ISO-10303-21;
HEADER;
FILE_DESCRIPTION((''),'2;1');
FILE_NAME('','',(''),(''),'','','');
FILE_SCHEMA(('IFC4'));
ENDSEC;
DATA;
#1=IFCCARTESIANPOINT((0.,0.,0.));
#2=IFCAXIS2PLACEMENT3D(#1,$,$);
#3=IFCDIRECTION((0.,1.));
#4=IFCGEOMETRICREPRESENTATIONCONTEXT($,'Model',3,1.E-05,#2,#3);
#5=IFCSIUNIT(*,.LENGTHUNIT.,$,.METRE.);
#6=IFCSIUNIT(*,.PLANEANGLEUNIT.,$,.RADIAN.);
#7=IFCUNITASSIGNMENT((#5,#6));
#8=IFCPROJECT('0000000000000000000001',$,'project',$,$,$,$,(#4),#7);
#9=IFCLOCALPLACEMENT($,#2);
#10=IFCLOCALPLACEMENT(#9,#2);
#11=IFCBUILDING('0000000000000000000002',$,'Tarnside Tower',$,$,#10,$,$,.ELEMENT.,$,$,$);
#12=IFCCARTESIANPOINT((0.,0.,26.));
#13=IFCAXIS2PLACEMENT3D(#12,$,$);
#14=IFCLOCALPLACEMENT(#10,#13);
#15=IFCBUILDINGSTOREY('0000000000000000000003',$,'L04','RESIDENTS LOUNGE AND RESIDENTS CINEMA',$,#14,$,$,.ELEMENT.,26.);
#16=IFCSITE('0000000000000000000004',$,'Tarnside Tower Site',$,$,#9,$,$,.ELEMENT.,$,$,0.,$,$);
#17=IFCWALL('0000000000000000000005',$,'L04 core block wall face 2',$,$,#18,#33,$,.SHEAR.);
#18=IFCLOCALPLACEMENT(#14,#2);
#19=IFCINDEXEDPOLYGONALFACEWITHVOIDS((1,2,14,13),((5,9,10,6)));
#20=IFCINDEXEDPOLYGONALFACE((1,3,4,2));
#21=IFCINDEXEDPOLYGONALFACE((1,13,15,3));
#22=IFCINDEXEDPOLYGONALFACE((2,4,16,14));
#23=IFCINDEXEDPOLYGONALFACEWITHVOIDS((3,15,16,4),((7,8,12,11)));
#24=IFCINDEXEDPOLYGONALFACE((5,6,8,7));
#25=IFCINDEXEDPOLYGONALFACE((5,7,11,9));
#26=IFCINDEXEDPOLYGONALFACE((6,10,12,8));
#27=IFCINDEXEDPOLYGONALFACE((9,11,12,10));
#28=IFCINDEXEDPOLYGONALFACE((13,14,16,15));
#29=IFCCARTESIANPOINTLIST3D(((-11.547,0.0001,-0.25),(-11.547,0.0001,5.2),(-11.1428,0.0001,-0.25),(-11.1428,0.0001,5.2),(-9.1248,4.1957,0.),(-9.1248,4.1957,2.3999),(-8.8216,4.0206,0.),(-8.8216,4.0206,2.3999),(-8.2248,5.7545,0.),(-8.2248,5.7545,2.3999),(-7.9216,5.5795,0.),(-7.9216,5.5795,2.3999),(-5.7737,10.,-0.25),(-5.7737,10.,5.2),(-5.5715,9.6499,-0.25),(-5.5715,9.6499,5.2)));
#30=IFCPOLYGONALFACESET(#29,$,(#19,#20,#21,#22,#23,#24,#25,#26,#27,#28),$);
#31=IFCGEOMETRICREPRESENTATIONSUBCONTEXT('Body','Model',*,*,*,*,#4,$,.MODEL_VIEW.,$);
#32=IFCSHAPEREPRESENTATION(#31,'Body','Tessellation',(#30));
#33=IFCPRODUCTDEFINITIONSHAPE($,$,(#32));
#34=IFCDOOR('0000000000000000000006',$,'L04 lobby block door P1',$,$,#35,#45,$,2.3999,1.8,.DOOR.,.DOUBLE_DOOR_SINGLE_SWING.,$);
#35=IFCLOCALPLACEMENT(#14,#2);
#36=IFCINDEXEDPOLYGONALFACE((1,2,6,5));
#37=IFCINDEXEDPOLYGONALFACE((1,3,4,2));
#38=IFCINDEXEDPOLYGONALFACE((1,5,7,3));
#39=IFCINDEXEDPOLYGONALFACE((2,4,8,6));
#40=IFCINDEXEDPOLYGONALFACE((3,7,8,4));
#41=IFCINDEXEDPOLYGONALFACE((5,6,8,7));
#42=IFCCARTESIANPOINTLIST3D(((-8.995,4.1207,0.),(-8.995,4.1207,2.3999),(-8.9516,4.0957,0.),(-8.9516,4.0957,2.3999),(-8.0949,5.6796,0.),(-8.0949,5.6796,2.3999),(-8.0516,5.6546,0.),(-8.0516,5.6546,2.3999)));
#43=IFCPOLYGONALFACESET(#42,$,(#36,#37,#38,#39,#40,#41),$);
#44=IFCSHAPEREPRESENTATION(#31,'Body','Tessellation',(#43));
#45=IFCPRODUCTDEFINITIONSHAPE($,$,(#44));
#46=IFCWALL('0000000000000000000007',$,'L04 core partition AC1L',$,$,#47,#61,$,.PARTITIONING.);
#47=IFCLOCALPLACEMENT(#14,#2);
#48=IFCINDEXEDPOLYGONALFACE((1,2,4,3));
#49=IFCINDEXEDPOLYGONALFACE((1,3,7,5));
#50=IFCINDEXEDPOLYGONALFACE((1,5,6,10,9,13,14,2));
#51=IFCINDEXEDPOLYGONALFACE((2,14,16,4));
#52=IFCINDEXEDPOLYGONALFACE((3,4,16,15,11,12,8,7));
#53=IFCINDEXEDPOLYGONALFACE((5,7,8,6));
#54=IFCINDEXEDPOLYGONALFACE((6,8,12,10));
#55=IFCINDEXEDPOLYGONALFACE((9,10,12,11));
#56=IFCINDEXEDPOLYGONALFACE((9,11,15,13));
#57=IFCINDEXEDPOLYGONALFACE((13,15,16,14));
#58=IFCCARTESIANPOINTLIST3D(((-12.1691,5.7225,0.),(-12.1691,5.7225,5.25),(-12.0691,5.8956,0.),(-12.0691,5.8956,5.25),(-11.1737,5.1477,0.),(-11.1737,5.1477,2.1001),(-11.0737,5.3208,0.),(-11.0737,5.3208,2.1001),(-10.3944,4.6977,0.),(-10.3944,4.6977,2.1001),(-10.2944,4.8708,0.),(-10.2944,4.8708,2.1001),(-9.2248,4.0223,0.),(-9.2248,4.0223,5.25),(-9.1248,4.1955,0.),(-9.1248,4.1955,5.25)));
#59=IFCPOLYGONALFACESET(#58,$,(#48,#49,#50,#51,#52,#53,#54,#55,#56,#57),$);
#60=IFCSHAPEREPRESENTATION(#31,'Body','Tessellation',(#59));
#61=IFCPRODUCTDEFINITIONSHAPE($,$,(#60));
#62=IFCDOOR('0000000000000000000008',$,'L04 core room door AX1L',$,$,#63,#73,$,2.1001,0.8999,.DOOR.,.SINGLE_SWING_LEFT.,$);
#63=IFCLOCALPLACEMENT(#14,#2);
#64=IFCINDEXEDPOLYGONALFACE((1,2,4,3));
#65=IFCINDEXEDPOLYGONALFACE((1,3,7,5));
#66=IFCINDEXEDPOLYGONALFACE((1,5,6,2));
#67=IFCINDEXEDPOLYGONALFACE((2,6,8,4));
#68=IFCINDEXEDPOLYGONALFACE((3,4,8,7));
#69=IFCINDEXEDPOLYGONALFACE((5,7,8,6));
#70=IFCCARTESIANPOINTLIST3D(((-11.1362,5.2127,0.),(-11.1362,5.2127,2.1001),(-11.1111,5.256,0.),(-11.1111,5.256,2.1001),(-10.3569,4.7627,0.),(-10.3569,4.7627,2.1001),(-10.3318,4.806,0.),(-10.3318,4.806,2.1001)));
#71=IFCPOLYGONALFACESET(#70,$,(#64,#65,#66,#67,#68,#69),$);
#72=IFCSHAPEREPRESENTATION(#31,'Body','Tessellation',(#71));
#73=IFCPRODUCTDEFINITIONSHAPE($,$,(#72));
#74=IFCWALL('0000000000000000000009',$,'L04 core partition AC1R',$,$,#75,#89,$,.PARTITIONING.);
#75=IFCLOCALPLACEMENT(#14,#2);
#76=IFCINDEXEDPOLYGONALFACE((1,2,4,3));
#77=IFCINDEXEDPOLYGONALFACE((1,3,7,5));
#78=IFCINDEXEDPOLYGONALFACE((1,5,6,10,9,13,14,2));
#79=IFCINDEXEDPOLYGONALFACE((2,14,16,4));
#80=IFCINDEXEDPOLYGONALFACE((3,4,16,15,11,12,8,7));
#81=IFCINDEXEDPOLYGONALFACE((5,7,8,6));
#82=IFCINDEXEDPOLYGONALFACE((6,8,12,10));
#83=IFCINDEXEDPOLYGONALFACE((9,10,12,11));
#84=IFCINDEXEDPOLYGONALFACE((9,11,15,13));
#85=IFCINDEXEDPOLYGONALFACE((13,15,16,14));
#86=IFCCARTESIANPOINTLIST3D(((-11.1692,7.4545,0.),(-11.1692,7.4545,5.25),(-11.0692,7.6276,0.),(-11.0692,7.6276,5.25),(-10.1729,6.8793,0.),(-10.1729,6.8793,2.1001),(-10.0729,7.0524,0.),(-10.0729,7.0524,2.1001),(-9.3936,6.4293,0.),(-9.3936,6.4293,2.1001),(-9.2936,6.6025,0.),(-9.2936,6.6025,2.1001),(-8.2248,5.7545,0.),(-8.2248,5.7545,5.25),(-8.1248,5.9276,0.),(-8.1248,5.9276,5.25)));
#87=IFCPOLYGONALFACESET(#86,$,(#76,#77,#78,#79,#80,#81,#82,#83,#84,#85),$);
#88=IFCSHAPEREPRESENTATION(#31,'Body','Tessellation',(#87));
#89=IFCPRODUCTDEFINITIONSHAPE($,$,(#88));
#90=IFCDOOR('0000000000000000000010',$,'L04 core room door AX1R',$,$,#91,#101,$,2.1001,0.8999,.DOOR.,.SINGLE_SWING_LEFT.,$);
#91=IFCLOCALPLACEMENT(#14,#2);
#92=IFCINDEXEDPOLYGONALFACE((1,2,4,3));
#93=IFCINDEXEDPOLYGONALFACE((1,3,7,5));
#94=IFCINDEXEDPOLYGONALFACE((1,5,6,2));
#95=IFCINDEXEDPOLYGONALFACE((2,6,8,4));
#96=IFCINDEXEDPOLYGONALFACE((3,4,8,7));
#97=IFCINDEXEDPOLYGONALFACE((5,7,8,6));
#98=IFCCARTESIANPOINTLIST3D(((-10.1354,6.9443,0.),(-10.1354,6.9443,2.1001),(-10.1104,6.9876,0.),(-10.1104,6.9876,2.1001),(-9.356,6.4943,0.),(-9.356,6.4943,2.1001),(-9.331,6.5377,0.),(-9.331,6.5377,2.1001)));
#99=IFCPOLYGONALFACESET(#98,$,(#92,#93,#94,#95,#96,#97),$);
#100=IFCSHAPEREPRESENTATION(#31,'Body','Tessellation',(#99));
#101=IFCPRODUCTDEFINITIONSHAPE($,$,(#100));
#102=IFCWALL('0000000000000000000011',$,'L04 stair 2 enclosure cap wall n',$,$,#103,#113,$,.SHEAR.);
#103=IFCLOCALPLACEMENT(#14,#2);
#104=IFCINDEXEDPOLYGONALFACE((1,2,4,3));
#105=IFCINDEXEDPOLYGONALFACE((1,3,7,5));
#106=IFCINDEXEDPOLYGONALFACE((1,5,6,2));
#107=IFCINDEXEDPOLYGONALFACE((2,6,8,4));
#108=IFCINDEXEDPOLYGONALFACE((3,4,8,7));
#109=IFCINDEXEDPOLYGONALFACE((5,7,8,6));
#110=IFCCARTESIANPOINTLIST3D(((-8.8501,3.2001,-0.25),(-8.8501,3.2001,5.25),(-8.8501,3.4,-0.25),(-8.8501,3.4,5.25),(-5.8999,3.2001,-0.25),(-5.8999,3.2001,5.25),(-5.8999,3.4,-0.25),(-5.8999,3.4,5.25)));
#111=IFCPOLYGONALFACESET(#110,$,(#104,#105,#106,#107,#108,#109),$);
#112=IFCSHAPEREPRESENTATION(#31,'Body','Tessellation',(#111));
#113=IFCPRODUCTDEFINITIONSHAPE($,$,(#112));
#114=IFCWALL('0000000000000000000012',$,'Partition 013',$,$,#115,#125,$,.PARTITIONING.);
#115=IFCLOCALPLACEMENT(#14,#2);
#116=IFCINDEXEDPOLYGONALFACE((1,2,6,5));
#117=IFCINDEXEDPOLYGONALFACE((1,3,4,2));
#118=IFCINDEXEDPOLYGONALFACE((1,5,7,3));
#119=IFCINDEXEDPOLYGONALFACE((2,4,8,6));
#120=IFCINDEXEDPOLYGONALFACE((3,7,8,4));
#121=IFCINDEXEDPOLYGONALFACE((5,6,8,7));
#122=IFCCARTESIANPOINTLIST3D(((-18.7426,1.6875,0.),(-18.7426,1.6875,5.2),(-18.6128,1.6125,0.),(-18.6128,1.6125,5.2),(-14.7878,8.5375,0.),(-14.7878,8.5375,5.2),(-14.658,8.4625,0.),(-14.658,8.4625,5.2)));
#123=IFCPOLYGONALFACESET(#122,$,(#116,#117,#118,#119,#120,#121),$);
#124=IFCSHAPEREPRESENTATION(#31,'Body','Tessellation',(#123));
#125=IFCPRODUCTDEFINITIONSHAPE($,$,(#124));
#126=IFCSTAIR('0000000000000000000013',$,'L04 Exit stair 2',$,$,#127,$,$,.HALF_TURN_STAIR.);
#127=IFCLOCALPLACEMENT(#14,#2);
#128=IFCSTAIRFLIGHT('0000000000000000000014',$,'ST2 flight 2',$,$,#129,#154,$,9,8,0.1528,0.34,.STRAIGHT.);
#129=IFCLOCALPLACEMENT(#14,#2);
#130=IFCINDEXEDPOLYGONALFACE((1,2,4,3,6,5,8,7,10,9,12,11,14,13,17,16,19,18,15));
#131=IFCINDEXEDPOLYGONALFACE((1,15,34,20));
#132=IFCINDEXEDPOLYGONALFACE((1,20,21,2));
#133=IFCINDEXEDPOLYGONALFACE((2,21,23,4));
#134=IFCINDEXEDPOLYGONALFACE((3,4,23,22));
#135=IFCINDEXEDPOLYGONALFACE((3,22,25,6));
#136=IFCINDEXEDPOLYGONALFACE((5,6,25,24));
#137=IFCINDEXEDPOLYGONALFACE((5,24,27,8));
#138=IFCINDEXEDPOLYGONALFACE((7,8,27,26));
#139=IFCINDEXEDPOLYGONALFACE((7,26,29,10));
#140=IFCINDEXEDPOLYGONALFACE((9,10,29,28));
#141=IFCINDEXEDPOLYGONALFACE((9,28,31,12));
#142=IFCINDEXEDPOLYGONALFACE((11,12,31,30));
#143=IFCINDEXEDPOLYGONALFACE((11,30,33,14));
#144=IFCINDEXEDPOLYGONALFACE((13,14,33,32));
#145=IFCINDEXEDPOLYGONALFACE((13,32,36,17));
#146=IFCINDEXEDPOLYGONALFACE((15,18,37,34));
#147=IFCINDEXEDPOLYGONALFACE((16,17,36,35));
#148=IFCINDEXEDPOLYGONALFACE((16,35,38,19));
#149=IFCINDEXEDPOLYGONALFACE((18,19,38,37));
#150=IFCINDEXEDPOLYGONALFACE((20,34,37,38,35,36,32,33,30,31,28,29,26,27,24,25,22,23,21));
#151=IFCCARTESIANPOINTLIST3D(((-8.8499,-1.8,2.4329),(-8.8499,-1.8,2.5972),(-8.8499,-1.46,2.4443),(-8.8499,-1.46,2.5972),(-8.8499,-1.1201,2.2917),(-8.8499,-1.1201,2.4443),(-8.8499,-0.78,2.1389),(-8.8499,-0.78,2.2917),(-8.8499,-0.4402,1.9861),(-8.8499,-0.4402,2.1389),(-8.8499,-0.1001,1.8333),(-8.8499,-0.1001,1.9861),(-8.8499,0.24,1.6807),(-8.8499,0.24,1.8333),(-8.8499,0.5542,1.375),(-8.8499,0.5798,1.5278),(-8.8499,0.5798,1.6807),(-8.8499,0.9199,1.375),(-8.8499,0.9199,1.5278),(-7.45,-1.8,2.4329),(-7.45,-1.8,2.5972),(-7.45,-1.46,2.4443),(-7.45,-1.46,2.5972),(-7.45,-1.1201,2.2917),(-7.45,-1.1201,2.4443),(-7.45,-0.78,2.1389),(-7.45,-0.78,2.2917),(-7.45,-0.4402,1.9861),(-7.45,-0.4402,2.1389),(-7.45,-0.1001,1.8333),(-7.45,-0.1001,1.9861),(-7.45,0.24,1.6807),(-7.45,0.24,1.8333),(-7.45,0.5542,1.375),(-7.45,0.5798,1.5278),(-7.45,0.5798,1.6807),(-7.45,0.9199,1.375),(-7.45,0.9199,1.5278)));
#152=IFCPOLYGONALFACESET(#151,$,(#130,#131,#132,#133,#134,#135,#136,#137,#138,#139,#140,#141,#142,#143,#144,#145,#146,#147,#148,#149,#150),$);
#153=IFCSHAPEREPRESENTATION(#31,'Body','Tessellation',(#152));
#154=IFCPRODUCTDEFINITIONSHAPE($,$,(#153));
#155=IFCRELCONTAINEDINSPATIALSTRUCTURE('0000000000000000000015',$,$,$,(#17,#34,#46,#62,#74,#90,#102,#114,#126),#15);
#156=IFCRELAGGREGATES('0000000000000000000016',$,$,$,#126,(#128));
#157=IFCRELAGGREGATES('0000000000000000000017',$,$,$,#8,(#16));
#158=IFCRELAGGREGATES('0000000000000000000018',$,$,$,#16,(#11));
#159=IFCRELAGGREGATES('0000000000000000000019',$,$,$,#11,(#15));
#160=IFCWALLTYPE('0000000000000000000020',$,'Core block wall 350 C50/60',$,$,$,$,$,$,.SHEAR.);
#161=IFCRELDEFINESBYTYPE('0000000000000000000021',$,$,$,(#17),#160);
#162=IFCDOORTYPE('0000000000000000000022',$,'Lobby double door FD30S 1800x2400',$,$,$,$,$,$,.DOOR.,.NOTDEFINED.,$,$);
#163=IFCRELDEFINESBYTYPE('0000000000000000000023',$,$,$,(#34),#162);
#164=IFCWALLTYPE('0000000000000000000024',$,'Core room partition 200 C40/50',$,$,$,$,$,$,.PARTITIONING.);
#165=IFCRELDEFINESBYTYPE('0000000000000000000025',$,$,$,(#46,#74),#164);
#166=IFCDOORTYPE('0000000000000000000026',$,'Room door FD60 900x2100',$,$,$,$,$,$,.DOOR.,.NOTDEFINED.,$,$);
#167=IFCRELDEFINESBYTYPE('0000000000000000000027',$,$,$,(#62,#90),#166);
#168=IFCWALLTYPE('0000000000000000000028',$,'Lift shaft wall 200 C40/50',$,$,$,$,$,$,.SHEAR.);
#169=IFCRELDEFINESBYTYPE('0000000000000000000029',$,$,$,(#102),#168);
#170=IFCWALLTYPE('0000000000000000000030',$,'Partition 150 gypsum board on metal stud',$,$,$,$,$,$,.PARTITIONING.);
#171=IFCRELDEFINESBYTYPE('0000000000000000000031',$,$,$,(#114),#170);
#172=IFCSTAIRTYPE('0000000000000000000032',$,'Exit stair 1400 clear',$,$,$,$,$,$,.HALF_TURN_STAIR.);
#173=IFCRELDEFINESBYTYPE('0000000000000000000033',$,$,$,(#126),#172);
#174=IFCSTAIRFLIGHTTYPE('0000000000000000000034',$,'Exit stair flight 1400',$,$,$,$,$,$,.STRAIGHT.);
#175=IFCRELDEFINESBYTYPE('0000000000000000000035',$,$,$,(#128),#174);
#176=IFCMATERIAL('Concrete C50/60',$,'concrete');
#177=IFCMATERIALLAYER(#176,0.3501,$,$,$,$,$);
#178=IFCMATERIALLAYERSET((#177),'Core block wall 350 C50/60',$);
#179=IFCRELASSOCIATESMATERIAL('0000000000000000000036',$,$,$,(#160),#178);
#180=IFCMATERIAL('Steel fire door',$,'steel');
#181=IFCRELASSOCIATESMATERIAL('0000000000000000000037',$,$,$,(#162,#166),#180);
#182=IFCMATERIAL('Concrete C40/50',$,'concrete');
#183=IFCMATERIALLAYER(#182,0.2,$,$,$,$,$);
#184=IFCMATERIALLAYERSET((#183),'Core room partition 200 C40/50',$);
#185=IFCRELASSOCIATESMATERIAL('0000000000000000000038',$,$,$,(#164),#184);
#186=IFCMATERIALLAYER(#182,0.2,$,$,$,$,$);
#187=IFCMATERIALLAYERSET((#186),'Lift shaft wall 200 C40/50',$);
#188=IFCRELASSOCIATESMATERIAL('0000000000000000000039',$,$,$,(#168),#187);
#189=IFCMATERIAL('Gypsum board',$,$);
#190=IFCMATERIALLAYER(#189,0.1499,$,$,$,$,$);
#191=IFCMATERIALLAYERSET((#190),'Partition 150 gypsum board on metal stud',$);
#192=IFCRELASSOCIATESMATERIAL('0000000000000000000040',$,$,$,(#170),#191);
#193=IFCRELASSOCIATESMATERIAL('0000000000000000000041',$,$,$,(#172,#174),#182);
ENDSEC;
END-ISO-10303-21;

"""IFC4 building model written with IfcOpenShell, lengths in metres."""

from ifc_helpers import new_model, si_unit, direction, frame, frame_2d, origin, place, context, subcontext, project, spatial, polyline, rectangle, outline, extrude, material, layer, layer_set, type_object, element, fill, aggregate, save


model = new_model("IFC4")

# Units and contexts
model_context = context("Model", 3, precision=1e-05, world=origin(), true_north=direction((0.0, 1.0)))
body_context = subcontext(model_context, "Body", "Model", "MODEL_VIEW")
ifc_project = project(units=[si_unit("LENGTHUNIT", "METRE"), si_unit("PLANEANGLEUNIT", "RADIAN")], contexts=[model_context])

# Site, building, storey
site_placement = place(None, origin())
site = spatial("IfcSite", under=ifc_project, at=site_placement, Name="Tarnside Tower Site", CompositionType="ELEMENT", RefElevation=0.0)
building_placement = place(site_placement, origin())
building = spatial("IfcBuilding", under=site, at=building_placement, Name="Tarnside Tower", CompositionType="ELEMENT")
storey_placement = place(building_placement, frame((0.0, 0.0, 26.0)))
storey = spatial("IfcBuildingStorey", under=building, at=storey_placement, Name="L04", Description="RESIDENTS LOUNGE AND RESIDENTS CINEMA", CompositionType="ELEMENT", Elevation=26.0)

# Walls, openings, doors
ifc_material_1 = material(Name="Concrete C50/60", Category="concrete")
ifc_layer_1 = layer(ifc_material_1, 0.3501)
ifc_layer_set_1 = layer_set([ifc_layer_1], Name="Core block wall 350 C50/60")
wall_type_1 = type_object("IfcWallType", Name="Core block wall 350 C50/60", PredefinedType="SHEAR", material=ifc_layer_set_1)
wall_1_placement = place(storey_placement, frame((-5.6726, 9.825, -0.25), z_axis=(0.0, 0.0, 1.0), x_axis=(-0.499995, -0.866028, 0.0)))
wall_1 = element("IfcWall", 1, at=wall_1_placement, inside=storey, type_object=wall_type_1, Name="L04 core block wall face 2", PredefinedType="SHEAR", context=body_context, shape_type="SweptSolid", body=[
    extrude(outline(polyline([(-0.1011, -0.175), (11.4458, -0.175), (11.2437, 0.175), (0.1011, 0.175), (-0.1011, -0.175)])), origin(), (0.0, 0.0, 1.0), 5.45),
])
opening_1_placement = place(wall_1_placement, frame((4.8013, 0.0, 0.25)))
opening_1 = element("IfcOpeningElement", 2, at=opening_1_placement, cuts=wall_1, PredefinedType="OPENING", context=body_context, shape_type="SweptSolid", body=[
    extrude(rectangle(XDim=1.8, YDim=2.3999, at=frame_2d((0.8999, 1.2))), frame((0.0, 0.1851, 0.0), z_axis=(0.0, -1.0, 0.0), x_axis=(1.0, 0.0, 0.0)), (0.0, 0.0, 1.0), 0.3701),
])
ifc_material_2 = material(Name="Steel fire door", Category="steel")
door_type_1 = type_object("IfcDoorType", Name="Lobby double door FD30S 1800x2400", OperationType="NOTDEFINED", PredefinedType="DOOR", material=ifc_material_2)
door_1_placement = place(opening_1_placement, origin())
door_1 = element("IfcDoor", 3, at=door_1_placement, inside=storey, type_object=door_type_1, Name="L04 lobby block door P1", OperationType="DOUBLE_DOOR_SINGLE_SWING", OverallHeight=2.3999, OverallWidth=1.8, PredefinedType="DOOR", context=body_context, shape_type="SweptSolid", body=[
    extrude(rectangle(XDim=1.8, YDim=2.3999, at=frame_2d((0.8999, 1.2))), frame((0.0, 0.0249, 0.0), z_axis=(0.0, -1.0, 0.0), x_axis=(1.0, 0.0, 0.0)), (0.0, 0.0, 1.0), 0.05),
])
fill(opening_1, door_1)
ifc_material_3 = material(Name="Concrete C40/50", Category="concrete")
ifc_layer_2 = layer(ifc_material_3, 0.2)
ifc_layer_set_2 = layer_set([ifc_layer_2], Name="Core room partition 200 C40/50")
wall_type_2 = type_object("IfcWallType", Name="Core room partition 200 C40/50", PredefinedType="PARTITIONING", material=ifc_layer_set_2)
wall_2_placement = place(storey_placement, frame((-9.1748, 4.1089, 0.0), z_axis=(0.0, 0.0, 1.0), x_axis=(-0.865989, 0.500062, 0.0)))
wall_2 = element("IfcWall", 4, at=wall_2_placement, inside=storey, type_object=wall_type_2, Name="L04 core partition AC1L", PredefinedType="PARTITIONING", context=body_context, shape_type="SweptSolid", body=[
    extrude(rectangle(XDim=3.3999, YDim=0.2, at=frame_2d((1.7, 0.0))), origin(), (0.0, 0.0, 1.0), 5.25),
])
opening_2_placement = place(wall_2_placement, frame((1.3506, 0.0, 0.0)))
opening_2 = element("IfcOpeningElement", 5, at=opening_2_placement, cuts=wall_2, PredefinedType="OPENING", context=body_context, shape_type="SweptSolid", body=[
    extrude(rectangle(XDim=0.8999, YDim=2.1001, at=frame_2d((0.45, 1.05))), frame((0.0, 0.1099, 0.0), z_axis=(0.0, -1.0, 0.0), x_axis=(1.0, 0.0, 0.0)), (0.0, 0.0, 1.0), 0.22),
])
door_type_2 = type_object("IfcDoorType", Name="Room door FD60 900x2100", OperationType="NOTDEFINED", PredefinedType="DOOR", material=ifc_material_2)
door_2_placement = place(opening_2_placement, origin())
door_2 = element("IfcDoor", 6, at=door_2_placement, inside=storey, type_object=door_type_2, Name="L04 core room door AX1L", OperationType="SINGLE_SWING_LEFT", OverallHeight=2.1001, OverallWidth=0.8999, PredefinedType="DOOR", context=body_context, shape_type="SweptSolid", body=[
    extrude(rectangle(XDim=0.8999, YDim=2.1001, at=frame_2d((0.45, 1.05))), frame((0.0, 0.0249, 0.0), z_axis=(0.0, -1.0, 0.0), x_axis=(1.0, 0.0, 0.0)), (0.0, 0.0, 1.0), 0.05),
])
fill(opening_2, door_2)
wall_3_placement = place(storey_placement, frame((-8.1748, 5.8411, 0.0), z_axis=(0.0, 0.0, 1.0), x_axis=(-0.866021, 0.500008, 0.0)))
wall_3 = element("IfcWall", 7, at=wall_3_placement, inside=storey, type_object=wall_type_2, Name="L04 core partition AC1R", PredefinedType="PARTITIONING", context=body_context, shape_type="SweptSolid", body=[
    extrude(rectangle(XDim=3.3999, YDim=0.2, at=frame_2d((1.7, 0.0))), origin(), (0.0, 0.0, 1.0), 5.25),
])
opening_3_placement = place(wall_3_placement, frame((1.3496, 0.0, 0.0)))
opening_3 = element("IfcOpeningElement", 8, at=opening_3_placement, cuts=wall_3, PredefinedType="OPENING", context=body_context, shape_type="SweptSolid", body=[
    extrude(rectangle(XDim=0.8999, YDim=2.1001, at=frame_2d((0.45, 1.05))), frame((0.0, 0.1099, 0.0), z_axis=(0.0, -1.0, 0.0), x_axis=(1.0, 0.0, 0.0)), (0.0, 0.0, 1.0), 0.22),
])
door_3_placement = place(opening_3_placement, origin())
door_3 = element("IfcDoor", 9, at=door_3_placement, inside=storey, type_object=door_type_2, Name="L04 core room door AX1R", OperationType="SINGLE_SWING_LEFT", OverallHeight=2.1001, OverallWidth=0.8999, PredefinedType="DOOR", context=body_context, shape_type="SweptSolid", body=[
    extrude(rectangle(XDim=0.8999, YDim=2.1001, at=frame_2d((0.45, 1.05))), frame((0.0, 0.0249, 0.0), z_axis=(0.0, -1.0, 0.0), x_axis=(1.0, 0.0, 0.0)), (0.0, 0.0, 1.0), 0.05),
])
fill(opening_3, door_3)

# Walls
ifc_layer_3 = layer(ifc_material_3, 0.2)
ifc_layer_set_3 = layer_set([ifc_layer_3], Name="Lift shaft wall 200 C40/50")
wall_type_3 = type_object("IfcWallType", Name="Lift shaft wall 200 C40/50", PredefinedType="SHEAR", material=ifc_layer_set_3)
wall_4_placement = place(storey_placement, frame((-8.8501, 3.3, -0.25), z_axis=(0.0, 0.0, 1.0), x_axis=(1.0, 0.0, 0.0)))
element("IfcWall", 10, at=wall_4_placement, inside=storey, type_object=wall_type_3, Name="L04 stair 2 enclosure cap wall n", PredefinedType="SHEAR", context=body_context, shape_type="SweptSolid", body=[
    extrude(rectangle(XDim=2.9502, YDim=0.2, at=frame_2d((1.4751, 0.0))), origin(), (0.0, 0.0, 1.0), 5.5),
])
ifc_material_4 = material(Name="Gypsum board")
ifc_layer_4 = layer(ifc_material_4, 0.1499)
ifc_layer_set_4 = layer_set([ifc_layer_4], Name="Partition 150 gypsum board on metal stud")
wall_type_4 = type_object("IfcWallType", Name="Partition 150 gypsum board on metal stud", PredefinedType="PARTITIONING", material=ifc_layer_set_4)
wall_5_placement = place(storey_placement, frame((-14.7229, 8.5, 0.0), z_axis=(0.0, 0.0, 1.0), x_axis=(-0.499993, -0.866029, 0.0)))
element("IfcWall", 11, at=wall_5_placement, inside=storey, type_object=wall_type_4, Name="Partition 013", PredefinedType="PARTITIONING", context=body_context, shape_type="SweptSolid", body=[
    extrude(rectangle(XDim=7.9097, YDim=0.1499, at=frame_2d((3.9548, 0.0))), origin(), (0.0, 0.0, 1.0), 5.2),
])

# Stair, stair flight
stair_type = type_object("IfcStairType", Name="Exit stair 1400 clear", PredefinedType="HALF_TURN_STAIR", material=ifc_material_3)
stair_placement = place(storey_placement, origin())
stair = element("IfcStair", 12, at=stair_placement, inside=storey, type_object=stair_type, Name="L04 Exit stair 2", PredefinedType="HALF_TURN_STAIR")
stair_flight_type = type_object("IfcStairFlightType", Name="Exit stair flight 1400", PredefinedType="STRAIGHT", material=ifc_material_3)
stair_flight_1_placement = place(storey_placement, frame((-8.1499, 0.9199, 1.375), z_axis=(0.0, 0.0, 1.0), x_axis=(0.0, -1.0, 0.0)))
stair_flight_1 = element("IfcStairFlight", 13, at=stair_flight_1_placement, type_object=stair_flight_type, Name="ST2 flight 2", NumberOfRisers=9, NumberOfTreads=8, PredefinedType="STRAIGHT", RiserHeight=0.1528, TreadLength=0.34, context=body_context, shape_type="SweptSolid", body=[
    extrude(outline(polyline([(0.0, 0.0), (0.0, 0.1528), (0.3401, 0.1528), (0.3401, 0.3057), (0.6799, 0.3057), (0.6799, 0.4583), (1.02, 0.4583), (1.02, 0.6111), (1.3601, 0.6111), (1.3601, 0.7639), (1.7, 0.7639), (1.7, 0.9167), (2.04, 0.9167), (2.04, 1.0693), (2.3799, 1.0693), (2.3799, 1.2222), (2.72, 1.2222), (2.72, 1.375), (2.72, 1.0579), (0.3657, 0.0), (0.0, 0.0)])), frame((0.0, 0.7, 0.0), z_axis=(0.0, -1.0, 0.0), x_axis=(1.0, 0.0, 0.0)), (0.0, 0.0, 1.0), 1.3999),
])
aggregate(stair, [stair_flight_1])

save(model, "model.ifc")
